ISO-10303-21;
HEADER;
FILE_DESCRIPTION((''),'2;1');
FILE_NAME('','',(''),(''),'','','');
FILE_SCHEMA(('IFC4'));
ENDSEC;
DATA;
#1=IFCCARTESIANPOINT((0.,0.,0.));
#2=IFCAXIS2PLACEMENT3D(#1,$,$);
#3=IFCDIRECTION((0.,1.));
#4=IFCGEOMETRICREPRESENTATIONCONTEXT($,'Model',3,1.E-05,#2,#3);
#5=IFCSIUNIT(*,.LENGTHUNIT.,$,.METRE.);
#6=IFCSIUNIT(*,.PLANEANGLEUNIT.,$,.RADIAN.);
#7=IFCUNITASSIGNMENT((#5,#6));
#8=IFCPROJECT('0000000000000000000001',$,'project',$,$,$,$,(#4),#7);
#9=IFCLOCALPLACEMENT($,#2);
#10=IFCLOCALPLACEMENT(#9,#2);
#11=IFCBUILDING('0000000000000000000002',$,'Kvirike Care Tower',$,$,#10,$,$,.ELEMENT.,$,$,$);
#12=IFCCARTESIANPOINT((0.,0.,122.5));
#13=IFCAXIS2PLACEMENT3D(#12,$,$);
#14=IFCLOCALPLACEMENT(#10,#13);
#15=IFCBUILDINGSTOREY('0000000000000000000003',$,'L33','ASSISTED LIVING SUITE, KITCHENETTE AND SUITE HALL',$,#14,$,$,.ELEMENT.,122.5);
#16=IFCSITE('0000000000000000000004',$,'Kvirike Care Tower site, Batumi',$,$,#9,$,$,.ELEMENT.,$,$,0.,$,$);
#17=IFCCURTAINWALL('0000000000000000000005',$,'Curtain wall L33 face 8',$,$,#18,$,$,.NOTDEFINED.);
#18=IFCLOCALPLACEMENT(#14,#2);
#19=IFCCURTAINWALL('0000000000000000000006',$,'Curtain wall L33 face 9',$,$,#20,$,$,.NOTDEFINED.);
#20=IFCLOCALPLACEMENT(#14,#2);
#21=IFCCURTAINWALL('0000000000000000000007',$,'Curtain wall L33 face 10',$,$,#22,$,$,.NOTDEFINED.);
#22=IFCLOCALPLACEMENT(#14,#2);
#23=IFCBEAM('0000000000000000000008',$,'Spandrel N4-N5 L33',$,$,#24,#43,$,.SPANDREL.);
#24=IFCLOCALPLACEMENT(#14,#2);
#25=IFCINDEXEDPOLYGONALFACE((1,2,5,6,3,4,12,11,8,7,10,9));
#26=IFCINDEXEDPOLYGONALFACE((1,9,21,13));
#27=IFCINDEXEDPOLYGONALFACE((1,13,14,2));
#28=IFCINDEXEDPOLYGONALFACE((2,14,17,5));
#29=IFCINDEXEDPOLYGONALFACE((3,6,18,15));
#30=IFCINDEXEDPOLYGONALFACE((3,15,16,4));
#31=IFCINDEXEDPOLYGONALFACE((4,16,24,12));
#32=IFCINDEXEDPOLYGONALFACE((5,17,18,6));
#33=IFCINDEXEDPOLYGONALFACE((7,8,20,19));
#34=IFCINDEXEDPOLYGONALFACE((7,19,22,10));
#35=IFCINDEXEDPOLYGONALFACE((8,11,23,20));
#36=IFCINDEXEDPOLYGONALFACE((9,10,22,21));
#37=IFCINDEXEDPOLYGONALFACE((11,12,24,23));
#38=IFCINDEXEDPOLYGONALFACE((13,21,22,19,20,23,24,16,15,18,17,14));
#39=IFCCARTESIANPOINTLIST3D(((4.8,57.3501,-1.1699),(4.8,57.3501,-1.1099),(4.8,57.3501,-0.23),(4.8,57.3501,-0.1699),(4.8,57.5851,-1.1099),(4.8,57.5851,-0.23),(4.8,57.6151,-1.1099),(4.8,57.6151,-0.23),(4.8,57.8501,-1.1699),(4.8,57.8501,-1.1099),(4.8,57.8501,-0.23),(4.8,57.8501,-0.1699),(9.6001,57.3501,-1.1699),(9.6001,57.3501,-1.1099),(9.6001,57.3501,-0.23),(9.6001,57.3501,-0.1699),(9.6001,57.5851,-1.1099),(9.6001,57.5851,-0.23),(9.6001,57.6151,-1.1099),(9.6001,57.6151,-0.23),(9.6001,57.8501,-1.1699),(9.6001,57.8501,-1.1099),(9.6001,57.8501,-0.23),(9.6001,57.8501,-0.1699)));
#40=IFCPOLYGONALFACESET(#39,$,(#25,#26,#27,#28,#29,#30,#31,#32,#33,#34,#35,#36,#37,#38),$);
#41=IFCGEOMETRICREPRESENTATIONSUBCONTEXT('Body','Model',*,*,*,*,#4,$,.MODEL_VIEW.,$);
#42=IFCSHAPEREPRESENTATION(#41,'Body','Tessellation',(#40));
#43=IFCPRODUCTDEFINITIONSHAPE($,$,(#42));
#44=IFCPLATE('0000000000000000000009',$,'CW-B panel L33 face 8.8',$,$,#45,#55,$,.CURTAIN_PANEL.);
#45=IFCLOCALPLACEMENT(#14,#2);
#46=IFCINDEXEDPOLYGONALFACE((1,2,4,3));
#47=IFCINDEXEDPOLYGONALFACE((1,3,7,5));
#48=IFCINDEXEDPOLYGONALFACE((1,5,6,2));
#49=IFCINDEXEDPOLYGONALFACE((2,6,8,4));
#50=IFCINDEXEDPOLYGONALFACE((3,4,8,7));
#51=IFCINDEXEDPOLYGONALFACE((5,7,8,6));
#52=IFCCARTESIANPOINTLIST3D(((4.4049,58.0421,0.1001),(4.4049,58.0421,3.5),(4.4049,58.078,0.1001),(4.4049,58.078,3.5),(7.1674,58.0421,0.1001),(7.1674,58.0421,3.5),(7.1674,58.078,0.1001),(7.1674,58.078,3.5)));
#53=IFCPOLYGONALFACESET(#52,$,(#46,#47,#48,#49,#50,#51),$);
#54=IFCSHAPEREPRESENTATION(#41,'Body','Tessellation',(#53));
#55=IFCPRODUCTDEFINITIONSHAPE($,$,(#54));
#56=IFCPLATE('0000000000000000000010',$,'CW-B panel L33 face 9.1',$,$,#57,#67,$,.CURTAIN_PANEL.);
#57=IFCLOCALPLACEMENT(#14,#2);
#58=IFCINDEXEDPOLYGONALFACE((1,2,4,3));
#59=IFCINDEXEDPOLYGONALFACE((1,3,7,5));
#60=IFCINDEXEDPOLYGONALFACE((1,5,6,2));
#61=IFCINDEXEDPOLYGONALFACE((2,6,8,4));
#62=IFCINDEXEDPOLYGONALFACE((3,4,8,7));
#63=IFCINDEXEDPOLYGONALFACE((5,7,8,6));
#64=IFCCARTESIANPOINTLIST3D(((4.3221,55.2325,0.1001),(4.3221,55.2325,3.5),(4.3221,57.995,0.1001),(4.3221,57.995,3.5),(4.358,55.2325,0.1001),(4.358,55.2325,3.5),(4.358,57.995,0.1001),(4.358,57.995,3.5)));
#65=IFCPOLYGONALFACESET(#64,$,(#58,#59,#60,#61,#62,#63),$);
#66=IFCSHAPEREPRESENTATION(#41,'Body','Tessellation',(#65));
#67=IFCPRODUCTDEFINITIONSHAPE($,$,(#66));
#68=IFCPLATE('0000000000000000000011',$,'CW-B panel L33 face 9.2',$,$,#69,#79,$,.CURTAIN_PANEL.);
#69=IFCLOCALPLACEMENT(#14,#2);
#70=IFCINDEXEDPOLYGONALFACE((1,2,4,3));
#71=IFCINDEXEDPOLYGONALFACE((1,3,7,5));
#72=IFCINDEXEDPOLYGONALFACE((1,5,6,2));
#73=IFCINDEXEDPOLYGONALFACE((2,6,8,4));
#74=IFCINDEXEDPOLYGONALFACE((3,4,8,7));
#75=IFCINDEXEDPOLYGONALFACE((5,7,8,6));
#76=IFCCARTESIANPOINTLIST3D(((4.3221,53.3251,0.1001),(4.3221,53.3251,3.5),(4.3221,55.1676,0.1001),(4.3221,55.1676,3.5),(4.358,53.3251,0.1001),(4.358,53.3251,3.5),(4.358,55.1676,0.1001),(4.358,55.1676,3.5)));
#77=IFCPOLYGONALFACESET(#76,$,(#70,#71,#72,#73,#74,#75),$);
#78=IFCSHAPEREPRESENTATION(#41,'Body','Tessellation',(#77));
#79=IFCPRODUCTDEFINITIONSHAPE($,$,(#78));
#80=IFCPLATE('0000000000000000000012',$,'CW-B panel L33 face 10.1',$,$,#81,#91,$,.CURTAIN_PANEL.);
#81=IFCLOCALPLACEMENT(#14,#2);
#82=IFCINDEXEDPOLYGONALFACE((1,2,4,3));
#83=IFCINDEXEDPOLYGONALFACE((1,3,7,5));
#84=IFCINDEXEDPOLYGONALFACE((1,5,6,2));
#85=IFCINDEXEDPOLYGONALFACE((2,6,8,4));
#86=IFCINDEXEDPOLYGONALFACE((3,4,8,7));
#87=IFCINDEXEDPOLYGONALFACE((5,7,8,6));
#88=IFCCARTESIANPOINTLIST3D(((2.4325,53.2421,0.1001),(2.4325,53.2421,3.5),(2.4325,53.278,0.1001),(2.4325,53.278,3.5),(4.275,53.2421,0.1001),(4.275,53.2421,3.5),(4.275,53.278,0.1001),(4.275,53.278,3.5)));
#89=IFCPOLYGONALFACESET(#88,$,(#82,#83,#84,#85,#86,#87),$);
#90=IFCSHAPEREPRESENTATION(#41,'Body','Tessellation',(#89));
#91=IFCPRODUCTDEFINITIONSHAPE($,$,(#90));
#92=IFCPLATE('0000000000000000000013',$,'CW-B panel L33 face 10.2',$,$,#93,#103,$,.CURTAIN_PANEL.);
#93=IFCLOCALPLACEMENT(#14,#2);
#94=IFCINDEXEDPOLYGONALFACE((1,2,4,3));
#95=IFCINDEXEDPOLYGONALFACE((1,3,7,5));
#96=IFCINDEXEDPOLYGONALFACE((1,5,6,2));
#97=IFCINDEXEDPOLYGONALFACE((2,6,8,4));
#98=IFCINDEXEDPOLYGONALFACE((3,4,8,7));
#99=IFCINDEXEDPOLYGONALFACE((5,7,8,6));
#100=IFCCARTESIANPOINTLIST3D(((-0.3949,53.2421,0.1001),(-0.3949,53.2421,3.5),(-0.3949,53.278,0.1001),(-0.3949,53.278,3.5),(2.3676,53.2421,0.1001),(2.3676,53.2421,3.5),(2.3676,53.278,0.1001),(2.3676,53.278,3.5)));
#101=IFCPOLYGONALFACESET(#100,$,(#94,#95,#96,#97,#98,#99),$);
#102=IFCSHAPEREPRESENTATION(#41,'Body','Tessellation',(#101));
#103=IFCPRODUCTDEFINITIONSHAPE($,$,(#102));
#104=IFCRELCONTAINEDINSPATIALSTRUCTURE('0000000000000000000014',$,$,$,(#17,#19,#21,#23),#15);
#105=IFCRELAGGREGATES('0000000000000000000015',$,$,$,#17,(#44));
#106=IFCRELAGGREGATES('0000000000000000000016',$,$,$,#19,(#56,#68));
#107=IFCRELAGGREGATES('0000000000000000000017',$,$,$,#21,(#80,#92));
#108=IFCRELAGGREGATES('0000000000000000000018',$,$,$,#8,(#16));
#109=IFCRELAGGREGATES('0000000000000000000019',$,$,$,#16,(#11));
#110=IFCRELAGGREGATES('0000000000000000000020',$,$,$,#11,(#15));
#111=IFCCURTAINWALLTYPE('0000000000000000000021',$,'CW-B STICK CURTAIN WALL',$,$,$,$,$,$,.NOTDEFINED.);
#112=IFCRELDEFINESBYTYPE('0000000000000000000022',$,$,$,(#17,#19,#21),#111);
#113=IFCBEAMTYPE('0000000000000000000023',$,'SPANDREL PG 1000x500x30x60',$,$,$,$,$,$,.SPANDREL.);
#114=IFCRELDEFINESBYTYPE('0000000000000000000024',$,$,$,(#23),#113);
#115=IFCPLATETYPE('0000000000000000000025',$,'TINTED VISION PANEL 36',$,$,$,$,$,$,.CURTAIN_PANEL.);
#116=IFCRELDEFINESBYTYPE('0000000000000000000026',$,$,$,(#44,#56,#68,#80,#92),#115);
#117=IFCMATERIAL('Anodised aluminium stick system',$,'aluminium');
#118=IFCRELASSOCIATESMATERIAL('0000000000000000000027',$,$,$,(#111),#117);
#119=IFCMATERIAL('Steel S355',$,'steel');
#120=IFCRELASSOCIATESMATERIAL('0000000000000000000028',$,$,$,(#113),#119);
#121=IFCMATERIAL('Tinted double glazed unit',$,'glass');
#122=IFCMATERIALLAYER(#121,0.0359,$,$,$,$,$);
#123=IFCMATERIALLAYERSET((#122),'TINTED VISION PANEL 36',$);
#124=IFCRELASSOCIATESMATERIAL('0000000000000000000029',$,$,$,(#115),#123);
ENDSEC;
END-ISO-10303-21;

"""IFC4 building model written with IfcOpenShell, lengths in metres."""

from ifc_helpers import new_model, si_unit, direction, frame, origin, origin_2d, place, context, subcontext, project, spatial, rectangle, i_section, extrude, material, layer, layer_set, material_profile, profile_set, type_object, element, aggregate, save


model = new_model("IFC4")

# Units and contexts
model_context = context("Model", 3, precision=1e-05, world=origin(), true_north=direction((0.0, 1.0)))
body_context = subcontext(model_context, "Body", "Model", "MODEL_VIEW")
ifc_project = project(units=[si_unit("LENGTHUNIT", "METRE"), si_unit("PLANEANGLEUNIT", "RADIAN")], contexts=[model_context])

# Site, building, storey
site_placement = place(None, origin())
site = spatial("IfcSite", under=ifc_project, at=site_placement, Name="Kvirike Care Tower site, Batumi", CompositionType="ELEMENT", RefElevation=0.0)
building_placement = place(site_placement, origin())
building = spatial("IfcBuilding", under=site, at=building_placement, Name="Kvirike Care Tower", CompositionType="ELEMENT")
storey_placement = place(building_placement, frame((0.0, 0.0, 122.5)))
storey = spatial("IfcBuildingStorey", under=building, at=storey_placement, Name="L33", Description="ASSISTED LIVING SUITE, KITCHENETTE AND SUITE HALL", CompositionType="ELEMENT", Elevation=122.5)

# Curtain walls
ifc_material_1 = material(Name="Anodised aluminium stick system", Category="aluminium")
curtain_wall_type = type_object("IfcCurtainWallType", Name="CW-B STICK CURTAIN WALL", PredefinedType="NOTDEFINED", material=ifc_material_1)
curtain_wall_1_placement = place(storey_placement, origin())
curtain_wall_1 = element("IfcCurtainWall", 1, at=curtain_wall_1_placement, inside=storey, type_object=curtain_wall_type, Name="Curtain wall L33 face 8", PredefinedType="NOTDEFINED")
curtain_wall_2_placement = place(storey_placement, origin())
curtain_wall_2 = element("IfcCurtainWall", 2, at=curtain_wall_2_placement, inside=storey, type_object=curtain_wall_type, Name="Curtain wall L33 face 9", PredefinedType="NOTDEFINED")
curtain_wall_3_placement = place(storey_placement, origin())
curtain_wall_3 = element("IfcCurtainWall", 3, at=curtain_wall_3_placement, inside=storey, type_object=curtain_wall_type, Name="Curtain wall L33 face 10", PredefinedType="NOTDEFINED")

# Beam
ifc_material_2 = material(Name="Steel S355", Category="steel")
ifc_material_profile_1 = material_profile(ifc_material_2, i_section(OverallWidth=0.5, OverallDepth=1.0, WebThickness=0.03, FlangeThickness=0.0601, at=origin_2d()), Name="PG 1000x500x30x60")
ifc_profile_set_1 = profile_set([ifc_material_profile_1], Name="Steel S355")
beam_type = type_object("IfcBeamType", Name="SPANDREL PG 1000x500x30x60", PredefinedType="SPANDREL", material=ifc_profile_set_1)
beam_placement = place(storey_placement, frame((4.8, 57.6001, -0.6699), z_axis=(1.0, 0.0, 0.0), x_axis=(0.0, 1.0, 0.0)))
element("IfcBeam", 4, at=beam_placement, inside=storey, type_object=beam_type, Name="Spandrel N4-N5 L33", PredefinedType="SPANDREL", context=body_context, shape_type="SweptSolid", body=[
    extrude(i_section(OverallWidth=0.5, OverallDepth=1.0, WebThickness=0.03, FlangeThickness=0.0601, at=origin_2d()), origin(), (0.0, 0.0, 1.0), 4.8),
])

# Plates
ifc_material_3 = material(Name="Tinted double glazed unit", Category="glass")
ifc_layer = layer(ifc_material_3, 0.0359)
ifc_layer_set = layer_set([ifc_layer], Name="TINTED VISION PANEL 36")
plate_type = type_object("IfcPlateType", Name="TINTED VISION PANEL 36", PredefinedType="CURTAIN_PANEL", material=ifc_layer_set)
plate_1_placement = place(storey_placement, frame((5.7861, 58.0601, 0.1001), z_axis=(0.0, 0.0, 1.0), x_axis=(-1.0, 0.0, 0.0)))
plate_1 = element("IfcPlate", 5, at=plate_1_placement, type_object=plate_type, Name="CW-B panel L33 face 8.8", PredefinedType="CURTAIN_PANEL", context=body_context, shape_type="SweptSolid", body=[
    extrude(rectangle(XDim=2.7625, YDim=0.0359, at=origin_2d()), origin(), (0.0, 0.0, 1.0), 3.3999),
])
aggregate(curtain_wall_1, [plate_1])
plate_2_placement = place(storey_placement, frame((4.3401, 56.6138, 0.1001), z_axis=(0.0, 0.0, 1.0), x_axis=(0.0, -1.0, 0.0)))
plate_2 = element("IfcPlate", 6, at=plate_2_placement, type_object=plate_type, Name="CW-B panel L33 face 9.1", PredefinedType="CURTAIN_PANEL", context=body_context, shape_type="SweptSolid", body=[
    extrude(rectangle(XDim=2.7625, YDim=0.0359, at=origin_2d()), origin(), (0.0, 0.0, 1.0), 3.3999),
])
plate_3_placement = place(storey_placement, frame((4.3401, 54.2463, 0.1001), z_axis=(0.0, 0.0, 1.0), x_axis=(0.0, -1.0, 0.0)))
plate_3 = element("IfcPlate", 7, at=plate_3_placement, type_object=plate_type, Name="CW-B panel L33 face 9.2", PredefinedType="CURTAIN_PANEL", context=body_context, shape_type="SweptSolid", body=[
    extrude(rectangle(XDim=1.8425, YDim=0.0359, at=origin_2d()), origin(), (0.0, 0.0, 1.0), 3.3999),
])
aggregate(curtain_wall_2, [plate_2, plate_3])
plate_4_placement = place(storey_placement, frame((3.3538, 53.26, 0.1001), z_axis=(0.0, 0.0, 1.0), x_axis=(-1.0, 0.0, 0.0)))
plate_4 = element("IfcPlate", 8, at=plate_4_placement, type_object=plate_type, Name="CW-B panel L33 face 10.1", PredefinedType="CURTAIN_PANEL", context=body_context, shape_type="SweptSolid", body=[
    extrude(rectangle(XDim=1.8425, YDim=0.0359, at=origin_2d()), origin(), (0.0, 0.0, 1.0), 3.3999),
])
plate_5_placement = place(storey_placement, frame((0.9863, 53.26, 0.1001), z_axis=(0.0, 0.0, 1.0), x_axis=(-1.0, 0.0, 0.0)))
plate_5 = element("IfcPlate", 9, at=plate_5_placement, type_object=plate_type, Name="CW-B panel L33 face 10.2", PredefinedType="CURTAIN_PANEL", context=body_context, shape_type="SweptSolid", body=[
    extrude(rectangle(XDim=2.7625, YDim=0.0359, at=origin_2d()), origin(), (0.0, 0.0, 1.0), 3.3999),
])
aggregate(curtain_wall_3, [plate_4, plate_5])

save(model, "model.ifc")
